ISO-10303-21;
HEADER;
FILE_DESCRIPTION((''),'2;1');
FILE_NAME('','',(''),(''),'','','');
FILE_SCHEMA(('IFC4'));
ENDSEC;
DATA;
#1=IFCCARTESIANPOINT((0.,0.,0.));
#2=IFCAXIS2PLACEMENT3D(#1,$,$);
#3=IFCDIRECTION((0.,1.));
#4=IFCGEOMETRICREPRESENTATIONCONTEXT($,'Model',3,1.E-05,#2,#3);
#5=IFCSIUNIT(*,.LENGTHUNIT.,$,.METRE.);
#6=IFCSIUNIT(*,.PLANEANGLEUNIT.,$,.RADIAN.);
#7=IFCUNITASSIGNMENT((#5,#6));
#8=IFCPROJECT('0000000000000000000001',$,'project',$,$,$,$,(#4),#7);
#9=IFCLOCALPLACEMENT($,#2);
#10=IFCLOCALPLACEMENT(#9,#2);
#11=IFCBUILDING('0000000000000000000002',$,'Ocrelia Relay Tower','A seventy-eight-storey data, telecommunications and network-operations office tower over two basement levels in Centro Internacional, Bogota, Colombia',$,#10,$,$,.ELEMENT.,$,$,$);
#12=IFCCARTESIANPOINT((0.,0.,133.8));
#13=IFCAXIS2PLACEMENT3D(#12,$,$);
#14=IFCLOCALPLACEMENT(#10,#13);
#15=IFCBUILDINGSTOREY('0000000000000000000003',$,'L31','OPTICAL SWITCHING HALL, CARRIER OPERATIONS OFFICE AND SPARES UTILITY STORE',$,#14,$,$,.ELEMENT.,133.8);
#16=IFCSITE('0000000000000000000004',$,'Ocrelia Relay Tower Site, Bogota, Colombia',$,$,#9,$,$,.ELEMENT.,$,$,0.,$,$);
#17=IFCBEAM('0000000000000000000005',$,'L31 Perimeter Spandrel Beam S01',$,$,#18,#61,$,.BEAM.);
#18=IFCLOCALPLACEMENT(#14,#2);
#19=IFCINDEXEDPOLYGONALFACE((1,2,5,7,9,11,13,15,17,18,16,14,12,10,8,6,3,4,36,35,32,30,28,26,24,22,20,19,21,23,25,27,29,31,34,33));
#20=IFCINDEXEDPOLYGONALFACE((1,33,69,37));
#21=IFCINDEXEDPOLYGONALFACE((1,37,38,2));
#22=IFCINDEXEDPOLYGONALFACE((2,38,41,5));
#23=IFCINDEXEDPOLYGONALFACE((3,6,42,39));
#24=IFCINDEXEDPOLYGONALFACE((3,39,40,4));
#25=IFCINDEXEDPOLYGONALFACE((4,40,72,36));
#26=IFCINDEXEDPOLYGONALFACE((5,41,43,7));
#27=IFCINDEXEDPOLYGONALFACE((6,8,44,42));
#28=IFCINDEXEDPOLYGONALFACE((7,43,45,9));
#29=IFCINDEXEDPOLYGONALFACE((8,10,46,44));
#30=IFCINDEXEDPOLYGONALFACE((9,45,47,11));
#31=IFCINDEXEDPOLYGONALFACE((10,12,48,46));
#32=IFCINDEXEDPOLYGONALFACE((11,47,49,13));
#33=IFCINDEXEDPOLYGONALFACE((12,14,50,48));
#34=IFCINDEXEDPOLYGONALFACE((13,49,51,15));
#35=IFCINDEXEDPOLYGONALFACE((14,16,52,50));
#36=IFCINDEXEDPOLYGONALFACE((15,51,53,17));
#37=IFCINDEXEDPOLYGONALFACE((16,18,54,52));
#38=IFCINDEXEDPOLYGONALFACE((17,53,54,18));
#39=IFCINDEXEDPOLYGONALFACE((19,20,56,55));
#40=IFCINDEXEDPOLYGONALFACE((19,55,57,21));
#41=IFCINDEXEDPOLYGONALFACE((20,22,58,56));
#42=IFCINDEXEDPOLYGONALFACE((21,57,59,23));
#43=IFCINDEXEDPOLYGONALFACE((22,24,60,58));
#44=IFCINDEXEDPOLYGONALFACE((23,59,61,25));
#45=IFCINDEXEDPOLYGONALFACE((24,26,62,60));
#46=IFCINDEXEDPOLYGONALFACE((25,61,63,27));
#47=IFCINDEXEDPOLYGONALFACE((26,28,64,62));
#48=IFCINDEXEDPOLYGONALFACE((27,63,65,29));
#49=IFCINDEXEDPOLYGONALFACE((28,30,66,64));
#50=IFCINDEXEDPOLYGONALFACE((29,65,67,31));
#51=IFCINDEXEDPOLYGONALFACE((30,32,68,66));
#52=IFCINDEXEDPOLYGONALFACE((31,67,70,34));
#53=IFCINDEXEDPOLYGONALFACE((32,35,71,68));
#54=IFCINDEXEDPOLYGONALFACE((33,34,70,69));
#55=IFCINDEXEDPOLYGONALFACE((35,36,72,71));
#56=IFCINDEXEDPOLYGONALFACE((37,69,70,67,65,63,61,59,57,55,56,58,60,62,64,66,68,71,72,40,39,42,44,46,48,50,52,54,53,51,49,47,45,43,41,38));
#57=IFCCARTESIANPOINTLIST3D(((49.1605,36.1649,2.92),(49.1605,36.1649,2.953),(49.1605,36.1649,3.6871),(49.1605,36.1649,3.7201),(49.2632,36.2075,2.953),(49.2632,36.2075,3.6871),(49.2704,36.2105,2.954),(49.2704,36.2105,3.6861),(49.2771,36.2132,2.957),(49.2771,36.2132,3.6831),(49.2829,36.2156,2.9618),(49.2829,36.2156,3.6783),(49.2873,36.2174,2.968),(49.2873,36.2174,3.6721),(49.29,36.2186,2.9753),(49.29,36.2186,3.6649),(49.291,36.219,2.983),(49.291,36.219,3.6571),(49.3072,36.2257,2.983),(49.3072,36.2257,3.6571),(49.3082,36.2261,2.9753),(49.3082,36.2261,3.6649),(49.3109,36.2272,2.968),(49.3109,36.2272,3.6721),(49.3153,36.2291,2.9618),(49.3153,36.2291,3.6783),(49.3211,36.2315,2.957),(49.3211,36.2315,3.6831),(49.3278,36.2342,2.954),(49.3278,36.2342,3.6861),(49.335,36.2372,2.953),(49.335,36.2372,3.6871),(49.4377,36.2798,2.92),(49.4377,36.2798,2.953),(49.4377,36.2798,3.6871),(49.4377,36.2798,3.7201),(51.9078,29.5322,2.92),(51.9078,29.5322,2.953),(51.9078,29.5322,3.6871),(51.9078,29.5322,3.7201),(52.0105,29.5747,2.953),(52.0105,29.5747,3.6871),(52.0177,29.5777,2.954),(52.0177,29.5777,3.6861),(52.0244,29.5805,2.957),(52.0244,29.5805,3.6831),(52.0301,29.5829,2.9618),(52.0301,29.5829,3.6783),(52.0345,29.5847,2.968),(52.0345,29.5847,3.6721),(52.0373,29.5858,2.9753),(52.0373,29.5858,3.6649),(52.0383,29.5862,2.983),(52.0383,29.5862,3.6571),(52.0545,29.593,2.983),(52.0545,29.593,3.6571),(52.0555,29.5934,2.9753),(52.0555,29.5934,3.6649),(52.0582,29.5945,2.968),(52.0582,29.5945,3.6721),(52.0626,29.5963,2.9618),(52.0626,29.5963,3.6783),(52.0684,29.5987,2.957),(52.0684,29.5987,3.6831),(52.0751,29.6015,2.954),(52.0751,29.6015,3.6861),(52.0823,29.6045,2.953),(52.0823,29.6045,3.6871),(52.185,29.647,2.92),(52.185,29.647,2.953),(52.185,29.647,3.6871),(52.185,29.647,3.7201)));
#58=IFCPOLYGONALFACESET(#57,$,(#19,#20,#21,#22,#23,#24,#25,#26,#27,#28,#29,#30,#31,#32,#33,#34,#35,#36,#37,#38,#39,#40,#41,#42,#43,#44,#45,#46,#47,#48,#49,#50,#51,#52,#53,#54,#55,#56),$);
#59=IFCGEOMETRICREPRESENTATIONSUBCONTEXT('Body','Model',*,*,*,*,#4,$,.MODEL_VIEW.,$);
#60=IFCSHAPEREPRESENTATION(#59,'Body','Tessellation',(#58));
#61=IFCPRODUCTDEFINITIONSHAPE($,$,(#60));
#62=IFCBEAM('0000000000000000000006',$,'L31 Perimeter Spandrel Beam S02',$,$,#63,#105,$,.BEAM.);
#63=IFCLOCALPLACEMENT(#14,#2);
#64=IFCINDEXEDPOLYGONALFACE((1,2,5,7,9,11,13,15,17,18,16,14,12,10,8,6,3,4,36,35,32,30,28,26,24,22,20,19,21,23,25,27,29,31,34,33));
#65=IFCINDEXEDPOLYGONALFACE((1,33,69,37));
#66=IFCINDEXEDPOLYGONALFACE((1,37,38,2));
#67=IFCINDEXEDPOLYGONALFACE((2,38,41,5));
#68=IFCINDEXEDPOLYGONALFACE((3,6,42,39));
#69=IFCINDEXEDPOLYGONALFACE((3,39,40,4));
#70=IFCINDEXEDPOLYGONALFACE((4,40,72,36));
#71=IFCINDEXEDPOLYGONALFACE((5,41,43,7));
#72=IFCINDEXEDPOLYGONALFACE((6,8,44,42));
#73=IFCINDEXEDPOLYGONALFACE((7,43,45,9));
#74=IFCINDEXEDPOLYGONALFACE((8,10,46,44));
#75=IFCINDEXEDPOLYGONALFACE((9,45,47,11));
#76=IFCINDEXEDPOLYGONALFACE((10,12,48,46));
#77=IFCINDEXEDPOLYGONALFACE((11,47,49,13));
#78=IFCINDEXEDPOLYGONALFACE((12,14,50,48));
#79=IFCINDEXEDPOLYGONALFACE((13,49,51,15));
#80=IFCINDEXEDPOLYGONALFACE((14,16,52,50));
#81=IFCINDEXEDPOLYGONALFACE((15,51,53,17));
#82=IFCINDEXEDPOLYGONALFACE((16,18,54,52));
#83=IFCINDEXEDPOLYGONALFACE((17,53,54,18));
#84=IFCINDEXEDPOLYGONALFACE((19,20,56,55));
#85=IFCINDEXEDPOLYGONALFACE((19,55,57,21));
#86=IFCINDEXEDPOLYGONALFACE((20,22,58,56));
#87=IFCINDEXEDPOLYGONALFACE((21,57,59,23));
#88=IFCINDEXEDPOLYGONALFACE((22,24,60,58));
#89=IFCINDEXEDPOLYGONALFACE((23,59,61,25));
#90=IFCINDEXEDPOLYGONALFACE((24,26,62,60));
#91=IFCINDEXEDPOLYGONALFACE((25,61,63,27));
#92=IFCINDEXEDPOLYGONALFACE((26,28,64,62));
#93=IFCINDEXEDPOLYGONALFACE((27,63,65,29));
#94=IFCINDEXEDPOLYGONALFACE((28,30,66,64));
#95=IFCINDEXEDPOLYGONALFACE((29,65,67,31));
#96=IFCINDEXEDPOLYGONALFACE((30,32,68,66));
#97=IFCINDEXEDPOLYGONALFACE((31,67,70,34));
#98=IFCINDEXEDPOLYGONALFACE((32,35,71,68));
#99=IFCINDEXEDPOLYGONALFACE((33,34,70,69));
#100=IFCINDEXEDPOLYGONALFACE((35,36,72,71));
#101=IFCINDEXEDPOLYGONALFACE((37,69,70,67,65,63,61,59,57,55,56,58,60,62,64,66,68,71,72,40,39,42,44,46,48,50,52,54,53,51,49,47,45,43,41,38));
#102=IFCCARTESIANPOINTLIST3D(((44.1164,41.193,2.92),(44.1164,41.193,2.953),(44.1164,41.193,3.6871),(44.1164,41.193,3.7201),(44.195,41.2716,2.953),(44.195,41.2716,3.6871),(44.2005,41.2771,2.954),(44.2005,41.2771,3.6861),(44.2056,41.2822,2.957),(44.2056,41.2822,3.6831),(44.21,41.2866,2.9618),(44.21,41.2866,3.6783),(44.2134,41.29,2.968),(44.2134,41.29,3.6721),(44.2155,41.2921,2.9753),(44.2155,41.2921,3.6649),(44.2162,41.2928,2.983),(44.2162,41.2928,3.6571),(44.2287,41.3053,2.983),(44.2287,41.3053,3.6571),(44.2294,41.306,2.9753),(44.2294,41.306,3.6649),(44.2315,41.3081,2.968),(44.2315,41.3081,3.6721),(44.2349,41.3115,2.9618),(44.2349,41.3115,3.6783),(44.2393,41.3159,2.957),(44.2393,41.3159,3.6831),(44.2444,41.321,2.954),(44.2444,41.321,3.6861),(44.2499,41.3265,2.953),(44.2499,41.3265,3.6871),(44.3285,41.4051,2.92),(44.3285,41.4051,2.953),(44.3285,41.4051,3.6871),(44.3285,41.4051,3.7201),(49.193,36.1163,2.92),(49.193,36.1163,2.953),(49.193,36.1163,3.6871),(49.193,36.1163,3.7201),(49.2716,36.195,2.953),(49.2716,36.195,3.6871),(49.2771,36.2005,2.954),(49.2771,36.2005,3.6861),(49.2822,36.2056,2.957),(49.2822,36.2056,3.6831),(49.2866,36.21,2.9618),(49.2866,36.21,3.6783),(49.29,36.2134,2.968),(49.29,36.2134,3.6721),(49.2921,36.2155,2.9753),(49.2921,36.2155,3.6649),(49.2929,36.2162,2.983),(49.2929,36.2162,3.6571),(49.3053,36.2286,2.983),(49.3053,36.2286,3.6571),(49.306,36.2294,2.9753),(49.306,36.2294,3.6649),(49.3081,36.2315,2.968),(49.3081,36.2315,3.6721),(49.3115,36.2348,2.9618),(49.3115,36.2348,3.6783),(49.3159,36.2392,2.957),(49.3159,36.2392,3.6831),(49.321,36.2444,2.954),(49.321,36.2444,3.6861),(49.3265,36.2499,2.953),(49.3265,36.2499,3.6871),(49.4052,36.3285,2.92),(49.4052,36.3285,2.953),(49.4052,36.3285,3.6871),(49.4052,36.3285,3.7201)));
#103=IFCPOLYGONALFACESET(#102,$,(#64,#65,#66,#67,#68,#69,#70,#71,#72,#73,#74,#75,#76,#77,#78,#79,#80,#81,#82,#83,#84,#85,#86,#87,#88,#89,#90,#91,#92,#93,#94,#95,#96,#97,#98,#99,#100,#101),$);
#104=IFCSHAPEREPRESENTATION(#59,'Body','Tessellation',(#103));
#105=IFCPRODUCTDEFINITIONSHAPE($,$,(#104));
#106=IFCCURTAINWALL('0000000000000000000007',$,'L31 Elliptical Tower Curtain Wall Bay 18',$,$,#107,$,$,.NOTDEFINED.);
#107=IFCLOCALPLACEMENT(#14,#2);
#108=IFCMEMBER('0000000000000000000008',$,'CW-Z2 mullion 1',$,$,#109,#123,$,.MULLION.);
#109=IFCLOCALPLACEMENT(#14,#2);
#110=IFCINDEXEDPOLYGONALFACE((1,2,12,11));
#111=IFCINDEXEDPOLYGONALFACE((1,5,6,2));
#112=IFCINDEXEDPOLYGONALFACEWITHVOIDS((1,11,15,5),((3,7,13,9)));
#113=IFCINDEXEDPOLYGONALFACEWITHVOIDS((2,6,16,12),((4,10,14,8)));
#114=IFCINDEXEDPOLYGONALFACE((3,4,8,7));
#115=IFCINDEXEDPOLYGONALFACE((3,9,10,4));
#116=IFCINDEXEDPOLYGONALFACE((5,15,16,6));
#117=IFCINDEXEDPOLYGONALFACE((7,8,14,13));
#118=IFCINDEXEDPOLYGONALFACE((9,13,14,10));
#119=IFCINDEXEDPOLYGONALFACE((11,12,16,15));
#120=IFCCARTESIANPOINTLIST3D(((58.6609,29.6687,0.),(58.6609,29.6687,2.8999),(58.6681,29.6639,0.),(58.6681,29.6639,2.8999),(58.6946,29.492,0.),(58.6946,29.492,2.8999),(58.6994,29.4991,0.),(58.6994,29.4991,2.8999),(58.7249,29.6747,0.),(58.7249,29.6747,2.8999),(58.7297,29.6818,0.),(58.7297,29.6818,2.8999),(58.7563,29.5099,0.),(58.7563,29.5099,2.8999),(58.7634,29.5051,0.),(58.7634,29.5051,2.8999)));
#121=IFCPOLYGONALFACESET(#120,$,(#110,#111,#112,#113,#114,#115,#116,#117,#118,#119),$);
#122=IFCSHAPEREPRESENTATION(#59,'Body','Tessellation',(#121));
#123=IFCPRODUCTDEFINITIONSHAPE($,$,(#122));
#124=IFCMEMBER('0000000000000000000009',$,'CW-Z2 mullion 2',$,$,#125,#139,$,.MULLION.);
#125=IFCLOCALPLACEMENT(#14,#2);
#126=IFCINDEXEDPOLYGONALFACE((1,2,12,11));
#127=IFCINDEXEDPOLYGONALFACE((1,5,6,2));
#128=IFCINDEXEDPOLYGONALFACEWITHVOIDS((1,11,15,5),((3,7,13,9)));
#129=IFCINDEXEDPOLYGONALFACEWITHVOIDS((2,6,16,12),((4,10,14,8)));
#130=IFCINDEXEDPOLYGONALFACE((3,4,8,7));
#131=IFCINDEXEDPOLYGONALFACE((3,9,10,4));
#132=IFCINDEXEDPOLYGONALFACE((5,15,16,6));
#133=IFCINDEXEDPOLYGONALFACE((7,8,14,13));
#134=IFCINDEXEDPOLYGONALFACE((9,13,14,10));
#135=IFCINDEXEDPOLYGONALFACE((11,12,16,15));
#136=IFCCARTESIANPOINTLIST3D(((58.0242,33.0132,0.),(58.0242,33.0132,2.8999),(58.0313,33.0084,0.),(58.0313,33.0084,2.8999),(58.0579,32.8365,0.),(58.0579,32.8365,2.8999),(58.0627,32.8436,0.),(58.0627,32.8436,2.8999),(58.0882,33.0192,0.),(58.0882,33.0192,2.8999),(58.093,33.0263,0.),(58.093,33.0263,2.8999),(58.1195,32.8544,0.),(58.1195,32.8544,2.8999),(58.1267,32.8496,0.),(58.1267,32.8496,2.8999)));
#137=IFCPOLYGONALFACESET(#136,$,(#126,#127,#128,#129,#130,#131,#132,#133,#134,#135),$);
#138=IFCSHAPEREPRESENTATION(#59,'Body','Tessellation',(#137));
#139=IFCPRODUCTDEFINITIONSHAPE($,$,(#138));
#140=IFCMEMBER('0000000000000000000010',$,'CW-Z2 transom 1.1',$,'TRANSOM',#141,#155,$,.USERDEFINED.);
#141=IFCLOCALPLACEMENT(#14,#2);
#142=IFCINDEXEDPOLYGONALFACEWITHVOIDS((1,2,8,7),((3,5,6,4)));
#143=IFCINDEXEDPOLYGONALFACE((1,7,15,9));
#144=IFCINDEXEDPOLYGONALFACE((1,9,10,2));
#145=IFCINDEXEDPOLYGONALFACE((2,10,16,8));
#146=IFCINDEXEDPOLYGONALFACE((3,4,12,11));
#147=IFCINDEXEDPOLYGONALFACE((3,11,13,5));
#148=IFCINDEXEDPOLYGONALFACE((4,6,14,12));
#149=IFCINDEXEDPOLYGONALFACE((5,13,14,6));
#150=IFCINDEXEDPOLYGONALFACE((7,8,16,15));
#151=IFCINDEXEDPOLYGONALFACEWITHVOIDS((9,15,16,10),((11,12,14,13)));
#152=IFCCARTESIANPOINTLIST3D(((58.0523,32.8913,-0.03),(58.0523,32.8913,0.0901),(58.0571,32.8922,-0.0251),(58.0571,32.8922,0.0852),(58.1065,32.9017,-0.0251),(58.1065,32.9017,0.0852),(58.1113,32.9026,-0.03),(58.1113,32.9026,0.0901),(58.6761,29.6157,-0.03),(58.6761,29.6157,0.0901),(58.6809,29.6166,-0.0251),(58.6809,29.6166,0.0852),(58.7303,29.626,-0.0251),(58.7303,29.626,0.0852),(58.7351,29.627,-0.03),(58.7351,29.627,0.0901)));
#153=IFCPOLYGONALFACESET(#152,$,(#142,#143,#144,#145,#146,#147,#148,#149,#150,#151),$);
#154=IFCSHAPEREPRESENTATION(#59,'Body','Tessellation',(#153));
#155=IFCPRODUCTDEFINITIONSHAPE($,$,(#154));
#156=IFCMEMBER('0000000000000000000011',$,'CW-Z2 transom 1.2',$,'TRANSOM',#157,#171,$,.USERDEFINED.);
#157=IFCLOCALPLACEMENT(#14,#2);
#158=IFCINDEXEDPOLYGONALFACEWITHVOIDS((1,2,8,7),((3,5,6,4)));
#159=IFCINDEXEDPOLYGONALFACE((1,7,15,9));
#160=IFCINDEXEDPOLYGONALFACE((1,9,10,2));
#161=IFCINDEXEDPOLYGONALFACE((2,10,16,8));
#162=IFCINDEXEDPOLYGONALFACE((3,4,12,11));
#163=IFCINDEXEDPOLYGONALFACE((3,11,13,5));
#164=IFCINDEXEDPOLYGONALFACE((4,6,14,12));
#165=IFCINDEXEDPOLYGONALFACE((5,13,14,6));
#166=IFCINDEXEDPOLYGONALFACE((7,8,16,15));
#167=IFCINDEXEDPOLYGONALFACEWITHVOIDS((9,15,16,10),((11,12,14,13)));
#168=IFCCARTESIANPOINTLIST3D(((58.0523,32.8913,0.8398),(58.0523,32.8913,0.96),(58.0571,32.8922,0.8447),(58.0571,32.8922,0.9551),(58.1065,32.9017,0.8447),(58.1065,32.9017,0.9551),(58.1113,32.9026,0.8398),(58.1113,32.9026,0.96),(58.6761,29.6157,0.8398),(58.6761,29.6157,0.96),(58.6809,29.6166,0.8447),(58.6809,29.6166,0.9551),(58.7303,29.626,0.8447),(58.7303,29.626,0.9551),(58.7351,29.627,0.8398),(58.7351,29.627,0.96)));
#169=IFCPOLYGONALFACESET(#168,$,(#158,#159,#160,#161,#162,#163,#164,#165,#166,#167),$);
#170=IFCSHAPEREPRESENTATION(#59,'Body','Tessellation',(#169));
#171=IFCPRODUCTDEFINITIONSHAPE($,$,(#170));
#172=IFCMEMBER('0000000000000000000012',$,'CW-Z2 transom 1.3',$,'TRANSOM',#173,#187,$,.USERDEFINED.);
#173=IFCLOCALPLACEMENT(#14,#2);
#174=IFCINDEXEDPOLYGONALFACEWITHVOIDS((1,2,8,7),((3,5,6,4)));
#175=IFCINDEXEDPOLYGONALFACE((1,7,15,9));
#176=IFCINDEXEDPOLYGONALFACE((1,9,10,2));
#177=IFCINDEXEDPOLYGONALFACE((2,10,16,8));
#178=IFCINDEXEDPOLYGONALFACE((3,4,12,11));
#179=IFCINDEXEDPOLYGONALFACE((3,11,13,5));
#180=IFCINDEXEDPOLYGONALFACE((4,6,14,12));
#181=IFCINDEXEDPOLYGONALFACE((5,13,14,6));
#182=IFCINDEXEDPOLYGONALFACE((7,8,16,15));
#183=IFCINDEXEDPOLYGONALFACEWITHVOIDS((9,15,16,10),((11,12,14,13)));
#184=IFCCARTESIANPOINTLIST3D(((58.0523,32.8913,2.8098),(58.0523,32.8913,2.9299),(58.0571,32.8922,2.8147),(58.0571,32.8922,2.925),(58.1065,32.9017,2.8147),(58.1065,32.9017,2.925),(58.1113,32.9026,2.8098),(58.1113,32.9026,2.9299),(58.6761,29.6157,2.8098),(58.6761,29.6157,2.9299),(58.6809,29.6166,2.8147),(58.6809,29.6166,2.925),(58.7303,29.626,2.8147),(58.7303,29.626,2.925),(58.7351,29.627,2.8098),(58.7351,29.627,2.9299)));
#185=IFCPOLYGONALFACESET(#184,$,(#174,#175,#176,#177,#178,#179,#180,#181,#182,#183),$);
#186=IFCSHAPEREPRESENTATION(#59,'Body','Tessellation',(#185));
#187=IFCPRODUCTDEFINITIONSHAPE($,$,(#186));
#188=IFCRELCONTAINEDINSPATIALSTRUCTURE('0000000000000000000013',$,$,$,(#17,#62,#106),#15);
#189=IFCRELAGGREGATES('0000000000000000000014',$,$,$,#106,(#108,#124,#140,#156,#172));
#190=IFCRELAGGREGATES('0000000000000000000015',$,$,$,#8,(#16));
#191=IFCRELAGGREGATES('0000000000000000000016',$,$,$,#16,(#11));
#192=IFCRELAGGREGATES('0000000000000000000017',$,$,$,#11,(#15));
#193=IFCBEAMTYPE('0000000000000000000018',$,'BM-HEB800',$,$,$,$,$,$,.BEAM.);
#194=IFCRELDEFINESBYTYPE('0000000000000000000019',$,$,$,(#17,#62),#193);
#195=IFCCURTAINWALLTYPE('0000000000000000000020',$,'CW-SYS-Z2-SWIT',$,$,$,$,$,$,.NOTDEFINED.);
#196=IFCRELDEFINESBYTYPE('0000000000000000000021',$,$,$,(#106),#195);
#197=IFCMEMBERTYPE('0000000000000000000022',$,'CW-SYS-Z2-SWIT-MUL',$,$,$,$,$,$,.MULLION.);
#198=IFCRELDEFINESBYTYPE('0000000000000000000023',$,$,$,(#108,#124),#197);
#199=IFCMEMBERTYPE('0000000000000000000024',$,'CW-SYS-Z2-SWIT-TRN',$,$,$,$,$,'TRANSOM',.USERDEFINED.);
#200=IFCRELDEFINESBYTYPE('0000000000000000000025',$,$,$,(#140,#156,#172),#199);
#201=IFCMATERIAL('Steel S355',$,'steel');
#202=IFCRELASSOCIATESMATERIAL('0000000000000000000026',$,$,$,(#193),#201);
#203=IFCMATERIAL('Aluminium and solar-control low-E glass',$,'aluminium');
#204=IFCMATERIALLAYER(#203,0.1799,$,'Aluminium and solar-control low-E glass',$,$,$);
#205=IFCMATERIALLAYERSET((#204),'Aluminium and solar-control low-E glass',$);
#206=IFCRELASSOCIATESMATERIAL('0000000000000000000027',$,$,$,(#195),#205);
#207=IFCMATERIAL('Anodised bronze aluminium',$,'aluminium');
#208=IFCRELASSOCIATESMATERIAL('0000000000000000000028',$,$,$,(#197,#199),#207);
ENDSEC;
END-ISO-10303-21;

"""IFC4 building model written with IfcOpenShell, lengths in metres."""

from ifc_helpers import new_model, si_unit, direction, frame, origin, origin_2d, place, context, subcontext, project, spatial, hollow_rectangle, i_section, extrude, material, layer, layer_set, material_profile, profile_set, type_object, element, aggregate, save


model = new_model("IFC4")

# Units and contexts
model_context = context("Model", 3, precision=1e-05, world=origin(), true_north=direction((0.0, 1.0)))
body_context = subcontext(model_context, "Body", "Model", "MODEL_VIEW")
ifc_project = project(units=[si_unit("LENGTHUNIT", "METRE"), si_unit("PLANEANGLEUNIT", "RADIAN")], contexts=[model_context])

# Site, building, storey
site_placement = place(None, origin())
site = spatial("IfcSite", under=ifc_project, at=site_placement, Name="Ocrelia Relay Tower Site, Bogota, Colombia", CompositionType="ELEMENT", RefElevation=0.0)
building_placement = place(site_placement, origin())
building = spatial("IfcBuilding", under=site, at=building_placement, Name="Ocrelia Relay Tower", Description="A seventy-eight-storey data, telecommunications and network-operations office tower over two basement levels in Centro Internacional, Bogota, Colombia", CompositionType="ELEMENT")
storey_placement = place(building_placement, frame((0.0, 0.0, 133.8)))
storey = spatial("IfcBuildingStorey", under=building, at=storey_placement, Name="L31", Description="OPTICAL SWITCHING HALL, CARRIER OPERATIONS OFFICE AND SPARES UTILITY STORE", CompositionType="ELEMENT", Elevation=133.8)

# Beams
ifc_material_1 = material(Name="Steel S355", Category="steel")
ifc_material_profile_1 = material_profile(ifc_material_1, i_section(OverallWidth=0.3, OverallDepth=0.8, WebThickness=0.0176, FlangeThickness=0.033, FilletRadius=0.03, at=origin_2d()), Name="HEB 800")
ifc_profile_set_1 = profile_set([ifc_material_profile_1], Name="Steel S355")
beam_type_1 = type_object("IfcBeamType", Name="BM-HEB800", PredefinedType="BEAM", material=ifc_profile_set_1)
beam_1_placement = place(storey_placement, frame((52.0464, 29.5896, 3.3201), z_axis=(-0.382673, 0.923884, 0.0), x_axis=(-0.923884, -0.382673, 0.0)))
element("IfcBeam", 1, at=beam_1_placement, inside=storey, type_object=beam_type_1, Name="L31 Perimeter Spandrel Beam S01", PredefinedType="BEAM", context=body_context, shape_type="SweptSolid", body=[
    extrude(i_section(OverallWidth=0.3, OverallDepth=0.8, WebThickness=0.0176, FlangeThickness=0.033, FilletRadius=0.03, at=origin_2d()), origin(), (0.0, 0.0, 1.0), 7.1792),
])
beam_2_placement = place(storey_placement, frame((49.2991, 36.2224, 3.3201), z_axis=(-0.707107, 0.707107, 0.0), x_axis=(-0.707107, -0.707107, 0.0)))
element("IfcBeam", 2, at=beam_2_placement, inside=storey, type_object=beam_type_1, Name="L31 Perimeter Spandrel Beam S02", PredefinedType="BEAM", context=body_context, shape_type="SweptSolid", body=[
    extrude(i_section(OverallWidth=0.3, OverallDepth=0.8, WebThickness=0.0176, FlangeThickness=0.033, FilletRadius=0.03, at=origin_2d()), origin(), (0.0, 0.0, 1.0), 7.1794),
])

# Curtain wall, members
ifc_material_2 = material(Name="Aluminium and solar-control low-E glass", Category="aluminium")
ifc_layer_1 = layer(ifc_material_2, 0.1799, Name="Aluminium and solar-control low-E glass")
ifc_layer_set_1 = layer_set([ifc_layer_1], Name="Aluminium and solar-control low-E glass")
curtain_wall_type = type_object("IfcCurtainWallType", Name="CW-SYS-Z2-SWIT", PredefinedType="NOTDEFINED", material=ifc_layer_set_1)
curtain_wall_placement = place(storey_placement, origin())
curtain_wall = element("IfcCurtainWall", 3, at=curtain_wall_placement, inside=storey, type_object=curtain_wall_type, Name="L31 Elliptical Tower Curtain Wall Bay 18", PredefinedType="NOTDEFINED")
ifc_material_3 = material(Name="Anodised bronze aluminium", Category="aluminium")
ifc_material_profile_2 = material_profile(ifc_material_3, hollow_rectangle(XDim=0.0701, YDim=0.1799, WallThickness=0.0061, at=origin_2d()), Name="CW-MUL-180x70")
ifc_profile_set_2 = profile_set([ifc_material_profile_2], Name="Anodised bronze aluminium")
member_type_1 = type_object("IfcMemberType", Name="CW-SYS-Z2-SWIT-MUL", PredefinedType="MULLION", material=ifc_profile_set_2)
member_1_placement = place(storey_placement, frame((58.7122, 29.5869, 0.0), z_axis=(0.0, 0.0, 1.0), x_axis=(-0.982351, -0.187045, 0.0)))
member_1 = element("IfcMember", 4, at=member_1_placement, type_object=member_type_1, Name="CW-Z2 mullion 1", PredefinedType="MULLION", context=body_context, shape_type="SweptSolid", body=[
    extrude(hollow_rectangle(XDim=0.0701, YDim=0.1799, WallThickness=0.0061, at=origin_2d()), origin(), (0.0, 0.0, 1.0), 2.8999),
])
member_2_placement = place(storey_placement, frame((58.0754, 32.9314, 0.0), z_axis=(0.0, 0.0, 1.0), x_axis=(-0.982351, -0.187045, 0.0)))
member_2 = element("IfcMember", 5, at=member_2_placement, type_object=member_type_1, Name="CW-Z2 mullion 2", PredefinedType="MULLION", context=body_context, shape_type="SweptSolid", body=[
    extrude(hollow_rectangle(XDim=0.0701, YDim=0.1799, WallThickness=0.0061, at=origin_2d()), origin(), (0.0, 0.0, 1.0), 2.8999),
])
ifc_material_profile_3 = material_profile(ifc_material_3, hollow_rectangle(XDim=0.0601, YDim=0.1201, WallThickness=0.0049, at=origin_2d()), Name="CW-TRN-120x60")
ifc_profile_set_3 = profile_set([ifc_material_profile_3], Name="Anodised bronze aluminium")
member_type_2 = type_object("IfcMemberType", Name="CW-SYS-Z2-SWIT-TRN", ElementType="TRANSOM", PredefinedType="USERDEFINED", material=ifc_profile_set_3)
member_3_placement = place(storey_placement, frame((58.7056, 29.6213, 0.03), z_axis=(-0.187068, 0.982347, 0.0), x_axis=(-0.982347, -0.187068, 0.0)))
member_3 = element("IfcMember", 6, at=member_3_placement, type_object=member_type_2, Name="CW-Z2 transom 1.1", ObjectType="TRANSOM", PredefinedType="USERDEFINED", context=body_context, shape_type="SweptSolid", body=[
    extrude(hollow_rectangle(XDim=0.0601, YDim=0.1201, WallThickness=0.0049, at=origin_2d()), origin(), (0.0, 0.0, 1.0), 3.3345),
])
member_4_placement = place(storey_placement, frame((58.7056, 29.6213, 0.8999), z_axis=(-0.187068, 0.982347, 0.0), x_axis=(-0.982347, -0.187068, 0.0)))
member_4 = element("IfcMember", 7, at=member_4_placement, type_object=member_type_2, Name="CW-Z2 transom 1.2", ObjectType="TRANSOM", PredefinedType="USERDEFINED", context=body_context, shape_type="SweptSolid", body=[
    extrude(hollow_rectangle(XDim=0.0601, YDim=0.1201, WallThickness=0.0049, at=origin_2d()), origin(), (0.0, 0.0, 1.0), 3.3345),
])
member_5_placement = place(storey_placement, frame((58.7056, 29.6213, 2.8699), z_axis=(-0.187068, 0.982347, 0.0), x_axis=(-0.982347, -0.187068, 0.0)))
member_5 = element("IfcMember", 8, at=member_5_placement, type_object=member_type_2, Name="CW-Z2 transom 1.3", ObjectType="TRANSOM", PredefinedType="USERDEFINED", context=body_context, shape_type="SweptSolid", body=[
    extrude(hollow_rectangle(XDim=0.0601, YDim=0.1201, WallThickness=0.0049, at=origin_2d()), origin(), (0.0, 0.0, 1.0), 3.3345),
])
aggregate(curtain_wall, [member_1, member_2, member_3, member_4, member_5])

save(model, "model.ifc")
